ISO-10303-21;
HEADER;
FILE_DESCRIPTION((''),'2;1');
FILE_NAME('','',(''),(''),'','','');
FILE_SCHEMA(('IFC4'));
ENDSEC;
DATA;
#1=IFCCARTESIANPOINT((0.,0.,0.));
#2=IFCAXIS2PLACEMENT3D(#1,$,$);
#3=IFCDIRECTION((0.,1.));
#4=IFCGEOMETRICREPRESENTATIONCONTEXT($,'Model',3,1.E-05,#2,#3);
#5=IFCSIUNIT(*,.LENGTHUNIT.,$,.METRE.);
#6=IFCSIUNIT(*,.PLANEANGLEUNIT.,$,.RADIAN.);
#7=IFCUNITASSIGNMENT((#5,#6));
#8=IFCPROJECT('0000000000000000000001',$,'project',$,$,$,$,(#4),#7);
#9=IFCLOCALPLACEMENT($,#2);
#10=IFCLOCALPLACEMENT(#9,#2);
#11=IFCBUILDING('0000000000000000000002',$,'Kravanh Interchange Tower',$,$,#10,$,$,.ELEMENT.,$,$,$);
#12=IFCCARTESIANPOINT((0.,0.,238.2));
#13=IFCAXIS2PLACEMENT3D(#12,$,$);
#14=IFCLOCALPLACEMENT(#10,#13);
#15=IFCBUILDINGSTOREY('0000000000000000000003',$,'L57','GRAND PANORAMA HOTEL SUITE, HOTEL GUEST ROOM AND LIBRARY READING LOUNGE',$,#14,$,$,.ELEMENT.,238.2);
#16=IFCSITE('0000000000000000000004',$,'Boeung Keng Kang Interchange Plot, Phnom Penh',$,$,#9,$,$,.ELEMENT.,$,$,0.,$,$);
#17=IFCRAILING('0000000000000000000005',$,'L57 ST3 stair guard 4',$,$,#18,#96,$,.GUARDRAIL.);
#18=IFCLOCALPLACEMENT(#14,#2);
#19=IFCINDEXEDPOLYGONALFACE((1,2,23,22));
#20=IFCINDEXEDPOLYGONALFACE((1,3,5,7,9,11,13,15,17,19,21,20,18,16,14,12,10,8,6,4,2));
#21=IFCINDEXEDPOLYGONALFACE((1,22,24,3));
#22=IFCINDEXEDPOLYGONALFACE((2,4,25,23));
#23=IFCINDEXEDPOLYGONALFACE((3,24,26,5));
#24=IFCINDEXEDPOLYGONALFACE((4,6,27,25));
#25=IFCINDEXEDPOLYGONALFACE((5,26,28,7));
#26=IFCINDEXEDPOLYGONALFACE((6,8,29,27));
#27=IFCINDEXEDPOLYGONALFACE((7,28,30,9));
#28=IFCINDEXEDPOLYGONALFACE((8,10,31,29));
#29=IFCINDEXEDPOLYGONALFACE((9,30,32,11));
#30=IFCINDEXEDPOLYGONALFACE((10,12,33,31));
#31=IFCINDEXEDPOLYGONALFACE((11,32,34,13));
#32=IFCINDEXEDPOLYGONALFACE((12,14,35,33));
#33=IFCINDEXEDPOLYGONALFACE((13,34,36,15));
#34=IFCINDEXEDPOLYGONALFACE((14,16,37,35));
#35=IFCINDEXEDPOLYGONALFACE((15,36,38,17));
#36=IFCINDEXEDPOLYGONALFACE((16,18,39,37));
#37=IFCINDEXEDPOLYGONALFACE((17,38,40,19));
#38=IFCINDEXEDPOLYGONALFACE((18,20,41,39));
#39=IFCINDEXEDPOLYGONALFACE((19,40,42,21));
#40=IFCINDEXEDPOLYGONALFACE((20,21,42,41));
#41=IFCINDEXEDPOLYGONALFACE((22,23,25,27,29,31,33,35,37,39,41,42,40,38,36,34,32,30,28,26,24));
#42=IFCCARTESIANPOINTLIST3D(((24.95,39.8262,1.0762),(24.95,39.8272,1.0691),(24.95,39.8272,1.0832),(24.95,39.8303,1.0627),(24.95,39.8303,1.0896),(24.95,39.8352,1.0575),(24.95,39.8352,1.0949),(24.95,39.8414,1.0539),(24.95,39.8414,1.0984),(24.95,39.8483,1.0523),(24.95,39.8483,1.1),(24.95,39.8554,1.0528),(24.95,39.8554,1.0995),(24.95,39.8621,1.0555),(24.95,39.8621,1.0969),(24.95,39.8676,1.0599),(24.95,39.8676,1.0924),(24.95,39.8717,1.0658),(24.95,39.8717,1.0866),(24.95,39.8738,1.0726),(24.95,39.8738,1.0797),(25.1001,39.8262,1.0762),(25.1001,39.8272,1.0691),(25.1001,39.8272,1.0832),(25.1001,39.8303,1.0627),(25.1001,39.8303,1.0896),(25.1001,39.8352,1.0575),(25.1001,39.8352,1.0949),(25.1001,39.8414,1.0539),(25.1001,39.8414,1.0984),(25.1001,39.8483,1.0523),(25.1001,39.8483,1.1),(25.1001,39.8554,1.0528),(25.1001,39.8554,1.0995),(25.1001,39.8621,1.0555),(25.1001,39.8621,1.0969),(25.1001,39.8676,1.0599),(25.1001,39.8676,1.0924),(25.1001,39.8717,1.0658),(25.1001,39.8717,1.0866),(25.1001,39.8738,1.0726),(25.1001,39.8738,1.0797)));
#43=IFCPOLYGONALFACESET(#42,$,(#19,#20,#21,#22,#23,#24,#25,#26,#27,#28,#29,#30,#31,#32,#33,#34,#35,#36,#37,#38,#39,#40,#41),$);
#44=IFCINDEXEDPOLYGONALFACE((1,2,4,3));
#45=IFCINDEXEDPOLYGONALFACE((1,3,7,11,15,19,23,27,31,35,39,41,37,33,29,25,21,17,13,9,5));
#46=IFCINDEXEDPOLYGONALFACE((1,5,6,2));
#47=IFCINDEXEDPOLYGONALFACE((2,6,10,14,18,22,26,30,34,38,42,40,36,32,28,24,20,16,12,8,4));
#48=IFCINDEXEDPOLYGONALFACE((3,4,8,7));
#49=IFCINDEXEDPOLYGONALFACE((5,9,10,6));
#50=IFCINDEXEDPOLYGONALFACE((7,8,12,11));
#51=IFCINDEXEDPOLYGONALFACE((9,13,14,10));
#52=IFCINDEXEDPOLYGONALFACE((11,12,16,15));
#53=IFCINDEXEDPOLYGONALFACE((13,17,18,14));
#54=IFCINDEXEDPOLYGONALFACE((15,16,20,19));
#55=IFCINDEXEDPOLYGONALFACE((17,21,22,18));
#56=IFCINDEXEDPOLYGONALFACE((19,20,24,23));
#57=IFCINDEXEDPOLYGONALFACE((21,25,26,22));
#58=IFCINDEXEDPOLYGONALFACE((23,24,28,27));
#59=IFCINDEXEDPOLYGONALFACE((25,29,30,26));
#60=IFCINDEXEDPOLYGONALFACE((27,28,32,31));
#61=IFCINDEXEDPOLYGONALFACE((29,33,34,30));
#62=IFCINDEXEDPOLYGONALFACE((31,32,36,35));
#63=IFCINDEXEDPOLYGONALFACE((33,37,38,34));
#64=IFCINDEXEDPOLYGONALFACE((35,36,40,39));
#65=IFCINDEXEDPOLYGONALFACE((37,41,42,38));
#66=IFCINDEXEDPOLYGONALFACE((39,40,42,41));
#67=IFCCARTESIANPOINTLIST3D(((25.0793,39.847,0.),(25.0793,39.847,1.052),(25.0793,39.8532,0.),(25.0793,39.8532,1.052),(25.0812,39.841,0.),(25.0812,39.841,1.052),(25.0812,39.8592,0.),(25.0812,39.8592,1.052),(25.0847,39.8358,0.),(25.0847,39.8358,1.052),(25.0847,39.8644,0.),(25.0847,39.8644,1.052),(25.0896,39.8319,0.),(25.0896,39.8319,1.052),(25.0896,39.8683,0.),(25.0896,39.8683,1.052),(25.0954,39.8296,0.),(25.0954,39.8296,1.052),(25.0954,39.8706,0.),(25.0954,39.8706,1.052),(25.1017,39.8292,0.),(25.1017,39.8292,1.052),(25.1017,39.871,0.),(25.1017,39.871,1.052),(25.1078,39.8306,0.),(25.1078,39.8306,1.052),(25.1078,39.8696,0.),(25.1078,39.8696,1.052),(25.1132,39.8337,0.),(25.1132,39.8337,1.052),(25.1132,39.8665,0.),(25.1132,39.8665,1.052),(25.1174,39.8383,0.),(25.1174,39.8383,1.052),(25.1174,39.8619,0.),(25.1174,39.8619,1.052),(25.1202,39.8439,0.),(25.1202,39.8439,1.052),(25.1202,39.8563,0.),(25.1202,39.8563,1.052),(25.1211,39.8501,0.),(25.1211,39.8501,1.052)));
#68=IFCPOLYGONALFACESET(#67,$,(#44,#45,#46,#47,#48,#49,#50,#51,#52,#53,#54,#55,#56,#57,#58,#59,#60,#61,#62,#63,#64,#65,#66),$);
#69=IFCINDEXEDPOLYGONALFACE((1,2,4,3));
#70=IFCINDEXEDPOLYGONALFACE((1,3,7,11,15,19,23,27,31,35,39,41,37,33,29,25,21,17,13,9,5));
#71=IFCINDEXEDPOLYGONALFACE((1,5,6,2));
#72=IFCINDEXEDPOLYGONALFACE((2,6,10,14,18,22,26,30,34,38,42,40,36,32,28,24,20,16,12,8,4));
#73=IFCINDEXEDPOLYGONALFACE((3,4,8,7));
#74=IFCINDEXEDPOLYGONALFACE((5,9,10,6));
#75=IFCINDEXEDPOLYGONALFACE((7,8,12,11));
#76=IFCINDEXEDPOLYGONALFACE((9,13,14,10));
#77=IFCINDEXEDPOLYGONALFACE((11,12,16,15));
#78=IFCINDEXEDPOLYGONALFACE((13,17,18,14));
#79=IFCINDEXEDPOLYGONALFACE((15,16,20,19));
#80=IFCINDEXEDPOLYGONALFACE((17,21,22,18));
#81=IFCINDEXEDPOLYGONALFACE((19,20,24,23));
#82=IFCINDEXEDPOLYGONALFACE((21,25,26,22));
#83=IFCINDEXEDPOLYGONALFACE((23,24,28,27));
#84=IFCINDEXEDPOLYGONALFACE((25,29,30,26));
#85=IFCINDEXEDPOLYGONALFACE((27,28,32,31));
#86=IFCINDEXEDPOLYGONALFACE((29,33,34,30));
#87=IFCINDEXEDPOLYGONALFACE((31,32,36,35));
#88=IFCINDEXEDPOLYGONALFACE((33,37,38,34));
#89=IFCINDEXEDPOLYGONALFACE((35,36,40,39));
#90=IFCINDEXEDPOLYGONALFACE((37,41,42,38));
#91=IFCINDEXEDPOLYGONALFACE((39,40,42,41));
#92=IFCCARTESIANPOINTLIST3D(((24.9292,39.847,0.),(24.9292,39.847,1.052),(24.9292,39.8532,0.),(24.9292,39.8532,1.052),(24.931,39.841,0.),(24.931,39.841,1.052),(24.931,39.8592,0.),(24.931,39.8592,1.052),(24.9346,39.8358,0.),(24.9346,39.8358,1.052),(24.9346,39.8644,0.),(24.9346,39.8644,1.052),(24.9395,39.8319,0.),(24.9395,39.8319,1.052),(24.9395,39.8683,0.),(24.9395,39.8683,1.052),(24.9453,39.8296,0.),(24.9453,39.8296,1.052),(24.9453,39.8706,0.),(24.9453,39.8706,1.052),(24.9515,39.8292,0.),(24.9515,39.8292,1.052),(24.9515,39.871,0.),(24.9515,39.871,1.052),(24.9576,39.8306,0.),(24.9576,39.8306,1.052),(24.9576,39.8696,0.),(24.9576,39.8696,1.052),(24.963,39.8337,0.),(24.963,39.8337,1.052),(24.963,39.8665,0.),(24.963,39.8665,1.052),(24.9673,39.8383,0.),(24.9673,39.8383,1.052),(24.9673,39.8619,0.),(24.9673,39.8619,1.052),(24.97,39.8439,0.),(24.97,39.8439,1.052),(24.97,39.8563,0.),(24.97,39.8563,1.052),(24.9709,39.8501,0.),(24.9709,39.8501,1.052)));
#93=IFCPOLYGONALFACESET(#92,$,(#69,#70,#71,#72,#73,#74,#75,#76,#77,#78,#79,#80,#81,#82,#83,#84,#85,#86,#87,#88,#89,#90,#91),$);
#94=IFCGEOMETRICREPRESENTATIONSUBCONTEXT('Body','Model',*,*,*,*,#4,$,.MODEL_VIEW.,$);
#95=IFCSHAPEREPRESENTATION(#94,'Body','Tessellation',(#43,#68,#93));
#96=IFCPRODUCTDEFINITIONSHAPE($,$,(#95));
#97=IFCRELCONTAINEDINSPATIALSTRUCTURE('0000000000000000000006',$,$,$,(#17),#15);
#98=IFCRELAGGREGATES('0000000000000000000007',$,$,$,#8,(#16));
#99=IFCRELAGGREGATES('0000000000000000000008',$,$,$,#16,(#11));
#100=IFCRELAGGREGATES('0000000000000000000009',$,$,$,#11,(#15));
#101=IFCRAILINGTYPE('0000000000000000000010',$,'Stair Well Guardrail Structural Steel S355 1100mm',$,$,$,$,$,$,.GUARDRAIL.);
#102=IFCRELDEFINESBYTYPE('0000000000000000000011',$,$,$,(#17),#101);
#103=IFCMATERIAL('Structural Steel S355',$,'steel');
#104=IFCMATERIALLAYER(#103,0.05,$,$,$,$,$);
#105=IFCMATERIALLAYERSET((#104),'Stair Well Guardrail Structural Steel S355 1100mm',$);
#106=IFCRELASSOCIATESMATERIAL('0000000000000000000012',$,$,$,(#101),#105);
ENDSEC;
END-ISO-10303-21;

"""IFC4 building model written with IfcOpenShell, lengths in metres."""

from ifc_helpers import new_model, si_unit, direction, frame, origin, origin_2d, place, context, subcontext, project, spatial, circle, extrude, material, layer, layer_set, type_object, element, save


model = new_model("IFC4")

# Units and contexts
model_context = context("Model", 3, precision=1e-05, world=origin(), true_north=direction((0.0, 1.0)))
body_context = subcontext(model_context, "Body", "Model", "MODEL_VIEW")
ifc_project = project(units=[si_unit("LENGTHUNIT", "METRE"), si_unit("PLANEANGLEUNIT", "RADIAN")], contexts=[model_context])

# Site, building, storey
site_placement = place(None, origin())
site = spatial("IfcSite", under=ifc_project, at=site_placement, Name="Boeung Keng Kang Interchange Plot, Phnom Penh", CompositionType="ELEMENT", RefElevation=0.0)
building_placement = place(site_placement, origin())
building = spatial("IfcBuilding", under=site, at=building_placement, Name="Kravanh Interchange Tower", CompositionType="ELEMENT")
storey_placement = place(building_placement, frame((0.0, 0.0, 238.2)))
storey = spatial("IfcBuildingStorey", under=building, at=storey_placement, Name="L57", Description="GRAND PANORAMA HOTEL SUITE, HOTEL GUEST ROOM AND LIBRARY READING LOUNGE", CompositionType="ELEMENT", Elevation=238.2)

# Railing
ifc_material_1 = material(Name="Structural Steel S355", Category="steel")
ifc_layer_1 = layer(ifc_material_1, 0.05)
ifc_layer_set_1 = layer_set([ifc_layer_1], Name="Stair Well Guardrail Structural Steel S355 1100mm")
railing_type_1 = type_object("IfcRailingType", Name="Stair Well Guardrail Structural Steel S355 1100mm", PredefinedType="GUARDRAIL", material=ifc_layer_set_1)
railing_1_placement = place(storey_placement, frame((25.1001, 39.8501, 0.0)))
element("IfcRailing", 1, at=railing_1_placement, inside=storey, type_object=railing_type_1, Name="L57 ST3 stair guard 4", PredefinedType="GUARDRAIL", context=body_context, shape_type="SweptSolid", body=[
    extrude(circle(Radius=0.0239, at=origin_2d()), frame((0.0, 0.0, 1.0762), z_axis=(-1.0, 0.0, 0.0), x_axis=(0.0, -1.0, 0.0)), (0.0, 0.0, 1.0), 0.1501),
    extrude(circle(Radius=0.021, at=origin_2d()), origin(), (0.0, 0.0, 1.0), 1.052),
    extrude(circle(Radius=0.021, at=origin_2d()), frame((-0.1501, 0.0, 0.0)), (0.0, 0.0, 1.0), 1.052),
])

save(model, "model.ifc")
